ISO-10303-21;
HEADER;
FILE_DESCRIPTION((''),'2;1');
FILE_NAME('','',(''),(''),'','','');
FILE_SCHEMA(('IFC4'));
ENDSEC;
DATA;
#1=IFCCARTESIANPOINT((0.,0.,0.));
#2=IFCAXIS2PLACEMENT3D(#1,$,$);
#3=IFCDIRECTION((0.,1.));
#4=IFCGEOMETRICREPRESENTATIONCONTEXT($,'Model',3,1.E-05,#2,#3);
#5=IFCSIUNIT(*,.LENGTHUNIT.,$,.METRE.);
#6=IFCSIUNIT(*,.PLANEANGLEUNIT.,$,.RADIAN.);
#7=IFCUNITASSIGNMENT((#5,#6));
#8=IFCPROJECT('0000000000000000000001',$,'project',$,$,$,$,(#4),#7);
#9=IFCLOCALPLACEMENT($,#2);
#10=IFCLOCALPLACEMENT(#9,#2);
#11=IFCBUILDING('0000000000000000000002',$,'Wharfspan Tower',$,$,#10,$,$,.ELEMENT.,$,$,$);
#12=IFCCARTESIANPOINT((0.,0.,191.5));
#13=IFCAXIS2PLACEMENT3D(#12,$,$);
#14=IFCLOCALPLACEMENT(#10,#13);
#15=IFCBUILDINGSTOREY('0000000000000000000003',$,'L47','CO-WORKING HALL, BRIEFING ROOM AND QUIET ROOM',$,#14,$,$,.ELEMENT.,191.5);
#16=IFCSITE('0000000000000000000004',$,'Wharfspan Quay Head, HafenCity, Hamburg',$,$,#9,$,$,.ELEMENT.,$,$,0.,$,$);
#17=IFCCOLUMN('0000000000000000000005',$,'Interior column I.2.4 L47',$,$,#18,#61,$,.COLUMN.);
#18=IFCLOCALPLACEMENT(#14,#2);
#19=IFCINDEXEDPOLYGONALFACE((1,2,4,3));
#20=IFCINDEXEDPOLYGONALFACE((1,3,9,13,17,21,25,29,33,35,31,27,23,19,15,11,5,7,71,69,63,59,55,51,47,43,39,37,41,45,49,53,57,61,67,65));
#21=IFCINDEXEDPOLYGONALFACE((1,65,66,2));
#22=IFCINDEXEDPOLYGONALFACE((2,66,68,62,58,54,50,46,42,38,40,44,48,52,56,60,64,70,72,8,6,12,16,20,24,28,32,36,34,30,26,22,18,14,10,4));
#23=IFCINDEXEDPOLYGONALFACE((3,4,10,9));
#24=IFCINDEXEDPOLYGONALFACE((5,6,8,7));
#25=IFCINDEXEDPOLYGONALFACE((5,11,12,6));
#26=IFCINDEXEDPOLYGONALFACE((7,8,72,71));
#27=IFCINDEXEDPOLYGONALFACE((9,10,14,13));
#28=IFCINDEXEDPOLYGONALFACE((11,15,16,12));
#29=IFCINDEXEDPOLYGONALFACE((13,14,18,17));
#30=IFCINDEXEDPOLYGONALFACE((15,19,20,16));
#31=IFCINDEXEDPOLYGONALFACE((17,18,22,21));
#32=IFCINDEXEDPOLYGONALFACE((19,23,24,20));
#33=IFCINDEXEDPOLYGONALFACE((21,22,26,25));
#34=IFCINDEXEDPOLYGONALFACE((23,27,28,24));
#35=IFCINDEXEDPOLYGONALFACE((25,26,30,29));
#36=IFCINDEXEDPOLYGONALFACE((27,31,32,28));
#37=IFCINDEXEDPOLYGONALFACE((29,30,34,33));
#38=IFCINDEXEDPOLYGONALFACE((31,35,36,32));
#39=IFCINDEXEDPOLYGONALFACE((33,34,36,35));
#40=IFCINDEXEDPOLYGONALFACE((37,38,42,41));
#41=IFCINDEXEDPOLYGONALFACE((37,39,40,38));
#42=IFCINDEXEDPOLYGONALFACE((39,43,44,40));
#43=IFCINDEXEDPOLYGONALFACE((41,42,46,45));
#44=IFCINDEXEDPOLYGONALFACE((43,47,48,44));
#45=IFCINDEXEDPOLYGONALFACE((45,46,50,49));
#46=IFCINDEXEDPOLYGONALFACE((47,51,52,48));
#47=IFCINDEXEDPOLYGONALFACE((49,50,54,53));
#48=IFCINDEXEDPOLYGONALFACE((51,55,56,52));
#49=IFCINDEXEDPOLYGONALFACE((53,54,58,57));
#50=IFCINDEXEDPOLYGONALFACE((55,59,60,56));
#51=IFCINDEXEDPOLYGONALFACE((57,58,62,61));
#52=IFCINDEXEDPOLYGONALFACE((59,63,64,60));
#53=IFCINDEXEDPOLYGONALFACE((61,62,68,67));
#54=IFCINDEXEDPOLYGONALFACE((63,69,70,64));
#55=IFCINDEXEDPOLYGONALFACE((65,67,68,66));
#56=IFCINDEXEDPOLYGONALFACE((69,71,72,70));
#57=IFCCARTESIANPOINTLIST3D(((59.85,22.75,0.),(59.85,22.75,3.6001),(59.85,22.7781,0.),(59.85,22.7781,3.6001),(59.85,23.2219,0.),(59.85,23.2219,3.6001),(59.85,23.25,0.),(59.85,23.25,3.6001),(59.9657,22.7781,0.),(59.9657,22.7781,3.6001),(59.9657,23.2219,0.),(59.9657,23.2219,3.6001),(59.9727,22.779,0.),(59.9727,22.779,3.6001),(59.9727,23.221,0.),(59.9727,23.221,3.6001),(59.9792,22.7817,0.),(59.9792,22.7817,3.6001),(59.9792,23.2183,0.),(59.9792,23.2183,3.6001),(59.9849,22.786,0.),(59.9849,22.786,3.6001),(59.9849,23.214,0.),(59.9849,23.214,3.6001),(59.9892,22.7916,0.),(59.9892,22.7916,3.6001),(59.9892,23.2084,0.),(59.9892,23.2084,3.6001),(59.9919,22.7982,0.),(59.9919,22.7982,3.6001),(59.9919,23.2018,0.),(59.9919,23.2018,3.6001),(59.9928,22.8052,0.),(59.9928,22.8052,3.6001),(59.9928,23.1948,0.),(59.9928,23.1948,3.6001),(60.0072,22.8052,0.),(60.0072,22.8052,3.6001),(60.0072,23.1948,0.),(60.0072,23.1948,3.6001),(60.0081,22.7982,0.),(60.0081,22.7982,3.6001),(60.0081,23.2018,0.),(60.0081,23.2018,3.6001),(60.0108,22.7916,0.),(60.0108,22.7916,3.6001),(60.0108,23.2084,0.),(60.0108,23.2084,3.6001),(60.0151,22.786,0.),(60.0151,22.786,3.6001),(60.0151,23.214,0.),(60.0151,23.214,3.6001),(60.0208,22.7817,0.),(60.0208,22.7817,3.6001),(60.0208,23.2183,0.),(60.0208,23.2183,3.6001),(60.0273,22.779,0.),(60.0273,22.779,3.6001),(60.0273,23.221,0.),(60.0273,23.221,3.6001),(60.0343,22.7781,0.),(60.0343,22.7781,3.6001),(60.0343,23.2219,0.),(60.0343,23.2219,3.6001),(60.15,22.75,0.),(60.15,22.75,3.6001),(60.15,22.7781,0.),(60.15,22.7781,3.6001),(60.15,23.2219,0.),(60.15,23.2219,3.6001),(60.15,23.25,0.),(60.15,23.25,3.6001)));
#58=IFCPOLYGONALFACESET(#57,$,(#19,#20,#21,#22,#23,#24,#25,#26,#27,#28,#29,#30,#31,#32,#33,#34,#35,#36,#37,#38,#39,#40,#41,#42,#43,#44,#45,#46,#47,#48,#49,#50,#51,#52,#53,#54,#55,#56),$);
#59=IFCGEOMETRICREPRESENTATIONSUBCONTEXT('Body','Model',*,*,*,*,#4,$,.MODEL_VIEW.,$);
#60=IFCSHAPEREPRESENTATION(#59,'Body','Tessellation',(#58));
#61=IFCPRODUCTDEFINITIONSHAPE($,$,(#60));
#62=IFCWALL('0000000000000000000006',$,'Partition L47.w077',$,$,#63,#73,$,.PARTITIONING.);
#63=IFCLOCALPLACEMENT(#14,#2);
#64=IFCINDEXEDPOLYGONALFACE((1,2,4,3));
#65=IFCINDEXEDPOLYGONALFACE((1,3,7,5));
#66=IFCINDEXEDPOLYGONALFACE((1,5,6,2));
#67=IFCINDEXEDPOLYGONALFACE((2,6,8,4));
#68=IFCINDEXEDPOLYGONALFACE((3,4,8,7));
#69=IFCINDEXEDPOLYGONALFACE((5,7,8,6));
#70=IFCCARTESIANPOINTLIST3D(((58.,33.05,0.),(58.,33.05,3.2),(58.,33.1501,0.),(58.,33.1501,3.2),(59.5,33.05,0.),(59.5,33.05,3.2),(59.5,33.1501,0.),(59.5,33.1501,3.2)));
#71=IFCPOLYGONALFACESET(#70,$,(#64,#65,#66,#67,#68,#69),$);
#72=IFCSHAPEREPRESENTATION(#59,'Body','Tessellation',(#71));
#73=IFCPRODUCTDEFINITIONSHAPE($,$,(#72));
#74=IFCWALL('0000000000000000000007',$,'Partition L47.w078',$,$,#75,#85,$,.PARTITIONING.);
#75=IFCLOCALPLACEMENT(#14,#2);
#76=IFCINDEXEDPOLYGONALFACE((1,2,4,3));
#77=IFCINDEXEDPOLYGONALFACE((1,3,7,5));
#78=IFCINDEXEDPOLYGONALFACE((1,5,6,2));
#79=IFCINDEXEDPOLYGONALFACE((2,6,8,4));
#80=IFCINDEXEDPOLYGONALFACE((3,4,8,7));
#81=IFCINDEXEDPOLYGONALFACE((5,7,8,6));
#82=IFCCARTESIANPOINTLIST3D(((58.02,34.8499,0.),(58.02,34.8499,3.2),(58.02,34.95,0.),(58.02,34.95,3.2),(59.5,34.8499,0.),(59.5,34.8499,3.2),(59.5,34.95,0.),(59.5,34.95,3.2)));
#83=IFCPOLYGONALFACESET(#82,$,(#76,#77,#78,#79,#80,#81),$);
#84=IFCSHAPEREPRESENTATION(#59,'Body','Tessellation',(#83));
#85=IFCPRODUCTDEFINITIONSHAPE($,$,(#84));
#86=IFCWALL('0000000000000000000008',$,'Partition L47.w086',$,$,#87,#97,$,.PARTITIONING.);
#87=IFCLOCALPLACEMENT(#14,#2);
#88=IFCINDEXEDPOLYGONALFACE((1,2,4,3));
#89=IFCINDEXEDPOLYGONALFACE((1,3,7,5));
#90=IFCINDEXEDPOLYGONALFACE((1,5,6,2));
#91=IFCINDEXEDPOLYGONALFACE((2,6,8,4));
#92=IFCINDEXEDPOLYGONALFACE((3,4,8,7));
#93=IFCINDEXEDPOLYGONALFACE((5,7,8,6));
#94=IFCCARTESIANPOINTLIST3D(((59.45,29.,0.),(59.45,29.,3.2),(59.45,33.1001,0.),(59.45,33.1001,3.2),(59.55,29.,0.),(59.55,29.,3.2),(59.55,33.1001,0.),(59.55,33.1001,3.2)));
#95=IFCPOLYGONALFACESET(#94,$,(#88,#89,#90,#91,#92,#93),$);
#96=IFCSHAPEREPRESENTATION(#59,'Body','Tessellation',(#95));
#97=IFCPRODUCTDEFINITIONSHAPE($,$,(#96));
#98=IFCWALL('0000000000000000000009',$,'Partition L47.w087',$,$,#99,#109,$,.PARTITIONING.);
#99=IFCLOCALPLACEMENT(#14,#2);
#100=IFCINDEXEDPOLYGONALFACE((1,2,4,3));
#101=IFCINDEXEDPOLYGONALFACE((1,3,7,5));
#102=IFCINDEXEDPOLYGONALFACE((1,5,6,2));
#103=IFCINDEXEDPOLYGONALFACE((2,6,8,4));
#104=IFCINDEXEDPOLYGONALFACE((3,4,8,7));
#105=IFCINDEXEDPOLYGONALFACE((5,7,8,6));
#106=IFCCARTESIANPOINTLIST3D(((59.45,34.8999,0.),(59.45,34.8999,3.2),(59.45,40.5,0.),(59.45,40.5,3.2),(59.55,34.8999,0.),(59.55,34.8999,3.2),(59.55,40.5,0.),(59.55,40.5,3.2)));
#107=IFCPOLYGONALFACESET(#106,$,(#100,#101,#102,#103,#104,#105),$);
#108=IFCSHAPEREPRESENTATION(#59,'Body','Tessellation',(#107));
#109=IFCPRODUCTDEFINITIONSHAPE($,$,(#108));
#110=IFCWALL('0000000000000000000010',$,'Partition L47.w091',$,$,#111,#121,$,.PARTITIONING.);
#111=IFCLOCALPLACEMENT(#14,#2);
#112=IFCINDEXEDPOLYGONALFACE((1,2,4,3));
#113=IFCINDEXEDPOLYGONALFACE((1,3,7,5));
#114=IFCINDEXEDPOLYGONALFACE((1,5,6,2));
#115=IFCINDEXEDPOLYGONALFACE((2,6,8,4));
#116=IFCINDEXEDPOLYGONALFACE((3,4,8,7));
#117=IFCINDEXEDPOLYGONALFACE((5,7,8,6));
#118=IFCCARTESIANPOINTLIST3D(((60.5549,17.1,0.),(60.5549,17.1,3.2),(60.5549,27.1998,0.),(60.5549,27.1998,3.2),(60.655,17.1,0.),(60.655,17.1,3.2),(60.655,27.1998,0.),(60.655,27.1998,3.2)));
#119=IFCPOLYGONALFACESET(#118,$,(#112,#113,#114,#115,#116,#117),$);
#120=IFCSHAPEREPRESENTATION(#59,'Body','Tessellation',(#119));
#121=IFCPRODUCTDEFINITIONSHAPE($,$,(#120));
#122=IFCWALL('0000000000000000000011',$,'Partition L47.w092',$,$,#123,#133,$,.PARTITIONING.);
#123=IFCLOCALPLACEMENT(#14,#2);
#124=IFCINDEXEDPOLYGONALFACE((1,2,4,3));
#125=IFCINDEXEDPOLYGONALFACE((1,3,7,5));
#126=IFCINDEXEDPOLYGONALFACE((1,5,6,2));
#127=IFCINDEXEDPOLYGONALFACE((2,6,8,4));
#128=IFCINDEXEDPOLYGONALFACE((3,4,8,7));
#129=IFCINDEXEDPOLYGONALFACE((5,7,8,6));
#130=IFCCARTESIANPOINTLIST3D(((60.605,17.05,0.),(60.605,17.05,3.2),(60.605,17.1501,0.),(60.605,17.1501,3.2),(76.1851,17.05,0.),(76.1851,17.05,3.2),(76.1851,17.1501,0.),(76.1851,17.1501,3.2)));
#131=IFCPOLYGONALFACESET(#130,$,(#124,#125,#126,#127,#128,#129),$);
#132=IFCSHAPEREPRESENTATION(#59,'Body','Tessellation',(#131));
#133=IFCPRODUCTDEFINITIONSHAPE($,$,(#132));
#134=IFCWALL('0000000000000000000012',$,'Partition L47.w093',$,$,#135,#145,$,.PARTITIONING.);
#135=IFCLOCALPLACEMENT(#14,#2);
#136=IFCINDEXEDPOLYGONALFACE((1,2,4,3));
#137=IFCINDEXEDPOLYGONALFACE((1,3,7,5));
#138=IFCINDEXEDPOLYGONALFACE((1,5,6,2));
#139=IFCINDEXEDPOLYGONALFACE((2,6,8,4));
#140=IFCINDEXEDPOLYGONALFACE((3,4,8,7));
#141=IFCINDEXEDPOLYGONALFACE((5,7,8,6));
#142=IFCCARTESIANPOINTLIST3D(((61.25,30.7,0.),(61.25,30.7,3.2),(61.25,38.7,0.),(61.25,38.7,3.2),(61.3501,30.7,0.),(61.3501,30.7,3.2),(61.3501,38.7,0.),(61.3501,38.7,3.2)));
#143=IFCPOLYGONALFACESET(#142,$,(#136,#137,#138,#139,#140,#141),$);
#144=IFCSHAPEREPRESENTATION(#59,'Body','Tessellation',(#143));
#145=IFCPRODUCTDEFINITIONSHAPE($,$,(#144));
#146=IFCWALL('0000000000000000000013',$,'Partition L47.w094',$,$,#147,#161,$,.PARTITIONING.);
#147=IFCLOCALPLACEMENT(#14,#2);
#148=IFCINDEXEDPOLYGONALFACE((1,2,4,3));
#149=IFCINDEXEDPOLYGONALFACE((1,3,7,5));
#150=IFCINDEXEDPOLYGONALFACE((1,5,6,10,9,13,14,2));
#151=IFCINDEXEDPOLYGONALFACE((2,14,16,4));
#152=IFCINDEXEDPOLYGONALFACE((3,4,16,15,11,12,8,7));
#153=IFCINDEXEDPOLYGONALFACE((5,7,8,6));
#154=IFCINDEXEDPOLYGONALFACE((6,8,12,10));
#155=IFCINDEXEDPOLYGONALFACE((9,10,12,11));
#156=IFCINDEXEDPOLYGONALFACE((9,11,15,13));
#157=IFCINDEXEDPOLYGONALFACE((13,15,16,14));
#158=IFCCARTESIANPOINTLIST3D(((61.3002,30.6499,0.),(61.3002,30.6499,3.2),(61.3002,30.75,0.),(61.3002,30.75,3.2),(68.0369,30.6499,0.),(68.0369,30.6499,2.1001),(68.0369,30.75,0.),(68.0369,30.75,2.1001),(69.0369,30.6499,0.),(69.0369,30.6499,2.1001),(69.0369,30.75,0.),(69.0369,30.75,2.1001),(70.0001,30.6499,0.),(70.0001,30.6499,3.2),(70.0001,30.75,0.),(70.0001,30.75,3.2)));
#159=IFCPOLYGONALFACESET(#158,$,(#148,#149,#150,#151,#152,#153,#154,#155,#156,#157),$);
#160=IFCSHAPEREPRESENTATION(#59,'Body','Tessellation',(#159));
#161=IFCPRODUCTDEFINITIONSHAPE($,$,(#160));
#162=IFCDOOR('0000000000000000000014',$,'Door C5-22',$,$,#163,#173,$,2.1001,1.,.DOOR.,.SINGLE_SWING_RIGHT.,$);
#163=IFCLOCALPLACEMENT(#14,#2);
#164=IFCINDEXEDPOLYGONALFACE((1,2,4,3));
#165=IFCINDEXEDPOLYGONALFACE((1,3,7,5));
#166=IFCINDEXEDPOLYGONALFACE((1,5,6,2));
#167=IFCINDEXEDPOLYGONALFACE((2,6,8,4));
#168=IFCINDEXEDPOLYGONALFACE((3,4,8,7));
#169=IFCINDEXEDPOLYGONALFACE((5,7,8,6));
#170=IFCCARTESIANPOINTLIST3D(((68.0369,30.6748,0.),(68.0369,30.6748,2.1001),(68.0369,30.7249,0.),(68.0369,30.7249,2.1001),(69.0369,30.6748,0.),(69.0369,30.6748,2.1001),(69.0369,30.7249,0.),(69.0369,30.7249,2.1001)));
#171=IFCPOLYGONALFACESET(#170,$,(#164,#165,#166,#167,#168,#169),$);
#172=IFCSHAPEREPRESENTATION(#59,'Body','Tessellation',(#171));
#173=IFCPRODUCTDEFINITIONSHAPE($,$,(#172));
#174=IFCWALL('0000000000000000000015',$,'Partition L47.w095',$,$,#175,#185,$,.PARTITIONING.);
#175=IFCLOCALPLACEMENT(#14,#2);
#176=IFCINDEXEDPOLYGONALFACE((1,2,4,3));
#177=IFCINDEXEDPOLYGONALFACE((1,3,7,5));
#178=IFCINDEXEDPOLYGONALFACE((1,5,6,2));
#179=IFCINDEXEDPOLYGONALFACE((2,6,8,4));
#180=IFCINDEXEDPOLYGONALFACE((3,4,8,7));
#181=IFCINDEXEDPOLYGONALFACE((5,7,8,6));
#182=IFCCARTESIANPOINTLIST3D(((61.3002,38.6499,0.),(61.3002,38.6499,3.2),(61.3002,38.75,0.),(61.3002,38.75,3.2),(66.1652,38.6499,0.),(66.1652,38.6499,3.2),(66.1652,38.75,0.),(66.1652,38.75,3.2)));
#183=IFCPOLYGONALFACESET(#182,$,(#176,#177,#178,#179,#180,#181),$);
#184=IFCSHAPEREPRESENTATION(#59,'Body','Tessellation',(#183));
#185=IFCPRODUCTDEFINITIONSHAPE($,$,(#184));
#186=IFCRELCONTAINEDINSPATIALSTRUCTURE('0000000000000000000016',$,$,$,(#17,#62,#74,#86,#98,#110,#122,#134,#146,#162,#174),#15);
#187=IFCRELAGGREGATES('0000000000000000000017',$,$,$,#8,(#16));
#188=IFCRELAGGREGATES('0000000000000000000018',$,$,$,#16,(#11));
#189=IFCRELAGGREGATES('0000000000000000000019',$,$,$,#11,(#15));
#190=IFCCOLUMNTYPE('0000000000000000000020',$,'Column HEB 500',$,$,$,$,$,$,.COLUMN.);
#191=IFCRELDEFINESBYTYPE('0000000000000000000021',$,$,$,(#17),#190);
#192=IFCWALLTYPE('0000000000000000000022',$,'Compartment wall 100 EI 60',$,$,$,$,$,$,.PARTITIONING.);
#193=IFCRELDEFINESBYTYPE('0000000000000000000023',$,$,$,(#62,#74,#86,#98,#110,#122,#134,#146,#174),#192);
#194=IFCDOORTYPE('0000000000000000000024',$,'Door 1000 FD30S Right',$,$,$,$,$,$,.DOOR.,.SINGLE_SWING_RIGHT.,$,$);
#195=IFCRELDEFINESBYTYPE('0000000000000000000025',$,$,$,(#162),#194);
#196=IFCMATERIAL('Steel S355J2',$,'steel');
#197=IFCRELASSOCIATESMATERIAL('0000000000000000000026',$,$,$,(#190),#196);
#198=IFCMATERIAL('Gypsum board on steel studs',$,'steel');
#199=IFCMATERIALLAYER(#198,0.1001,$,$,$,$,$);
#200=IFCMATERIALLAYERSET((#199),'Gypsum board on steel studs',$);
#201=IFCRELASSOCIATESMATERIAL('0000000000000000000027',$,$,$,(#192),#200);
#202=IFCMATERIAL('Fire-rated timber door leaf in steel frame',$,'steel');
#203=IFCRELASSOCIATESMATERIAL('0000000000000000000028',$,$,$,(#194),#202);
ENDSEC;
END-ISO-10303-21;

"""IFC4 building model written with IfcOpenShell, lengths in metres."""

from ifc_helpers import new_model, si_unit, direction, frame, frame_2d, origin, origin_2d, place, context, subcontext, project, spatial, rectangle, i_section, extrude, material, layer, layer_set, material_profile, profile_set, type_object, element, fill, save


model = new_model("IFC4")

# Units and contexts
model_context = context("Model", 3, precision=1e-05, world=origin(), true_north=direction((0.0, 1.0)))
body_context = subcontext(model_context, "Body", "Model", "MODEL_VIEW")
ifc_project = project(units=[si_unit("LENGTHUNIT", "METRE"), si_unit("PLANEANGLEUNIT", "RADIAN")], contexts=[model_context])

# Site, building, storey
site_placement = place(None, origin())
site = spatial("IfcSite", under=ifc_project, at=site_placement, Name="Wharfspan Quay Head, HafenCity, Hamburg", CompositionType="ELEMENT", RefElevation=0.0)
building_placement = place(site_placement, origin())
building = spatial("IfcBuilding", under=site, at=building_placement, Name="Wharfspan Tower", CompositionType="ELEMENT")
storey_placement = place(building_placement, frame((0.0, 0.0, 191.5)))
storey = spatial("IfcBuildingStorey", under=building, at=storey_placement, Name="L47", Description="CO-WORKING HALL, BRIEFING ROOM AND QUIET ROOM", CompositionType="ELEMENT", Elevation=191.5)

# Column
ifc_material_1 = material(Name="Steel S355J2", Category="steel")
ifc_material_profile = material_profile(ifc_material_1, i_section(OverallWidth=0.3, OverallDepth=0.5, WebThickness=0.0144, FlangeThickness=0.0281, FilletRadius=0.0271, at=origin_2d()))
ifc_profile_set = profile_set([ifc_material_profile], Name="Steel S355J2")
column_type = type_object("IfcColumnType", Name="Column HEB 500", PredefinedType="COLUMN", material=ifc_profile_set)
column_placement = place(storey_placement, frame((60.0, 23.0, 0.0), z_axis=(0.0, 0.0, 1.0), x_axis=(1.0, 0.0, 0.0)))
element("IfcColumn", 1, at=column_placement, inside=storey, type_object=column_type, Name="Interior column I.2.4 L47", PredefinedType="COLUMN", context=body_context, shape_type="SweptSolid", body=[
    extrude(i_section(OverallWidth=0.3, OverallDepth=0.5, WebThickness=0.0144, FlangeThickness=0.0281, FilletRadius=0.0271, at=origin_2d()), origin(), (0.0, 0.0, 1.0), 3.6001),
])

# Walls
ifc_material_2 = material(Name="Gypsum board on steel studs", Category="steel")
ifc_layer = layer(ifc_material_2, 0.1001)
ifc_layer_set = layer_set([ifc_layer], Name="Gypsum board on steel studs")
wall_type = type_object("IfcWallType", Name="Compartment wall 100 EI 60", PredefinedType="PARTITIONING", material=ifc_layer_set)
wall_1_placement = place(storey_placement, frame((58.0, 33.1001, 0.0), z_axis=(0.0, 0.0, 1.0), x_axis=(1.0, 0.0, 0.0)))
element("IfcWall", 2, at=wall_1_placement, inside=storey, type_object=wall_type, Name="Partition L47.w077", PredefinedType="PARTITIONING", context=body_context, shape_type="SweptSolid", body=[
    extrude(rectangle(XDim=1.5, YDim=0.1001, at=frame_2d((0.75, 0.0))), origin(), (0.0, 0.0, 1.0), 3.2),
])
wall_2_placement = place(storey_placement, frame((58.02, 34.8999, 0.0), z_axis=(0.0, 0.0, 1.0), x_axis=(1.0, 0.0, 0.0)))
element("IfcWall", 3, at=wall_2_placement, inside=storey, type_object=wall_type, Name="Partition L47.w078", PredefinedType="PARTITIONING", context=body_context, shape_type="SweptSolid", body=[
    extrude(rectangle(XDim=1.48, YDim=0.1001, at=frame_2d((0.74, 0.0))), origin(), (0.0, 0.0, 1.0), 3.2),
])
wall_3_placement = place(storey_placement, frame((59.5, 29.0, 0.0), z_axis=(0.0, 0.0, 1.0), x_axis=(0.0, 1.0, 0.0)))
element("IfcWall", 4, at=wall_3_placement, inside=storey, type_object=wall_type, Name="Partition L47.w086", PredefinedType="PARTITIONING", context=body_context, shape_type="SweptSolid", body=[
    extrude(rectangle(XDim=4.1001, YDim=0.1001, at=frame_2d((2.05, 0.0))), origin(), (0.0, 0.0, 1.0), 3.2),
])
wall_4_placement = place(storey_placement, frame((59.5, 34.8999, 0.0), z_axis=(0.0, 0.0, 1.0), x_axis=(0.0, 1.0, 0.0)))
element("IfcWall", 5, at=wall_4_placement, inside=storey, type_object=wall_type, Name="Partition L47.w087", PredefinedType="PARTITIONING", context=body_context, shape_type="SweptSolid", body=[
    extrude(rectangle(XDim=5.6001, YDim=0.1001, at=frame_2d((2.8, 0.0))), origin(), (0.0, 0.0, 1.0), 3.2),
])
wall_5_placement = place(storey_placement, frame((60.605, 17.1001, 0.0), z_axis=(0.0, 0.0, 1.0), x_axis=(0.0, 1.0, 0.0)))
element("IfcWall", 6, at=wall_5_placement, inside=storey, type_object=wall_type, Name="Partition L47.w091", PredefinedType="PARTITIONING", context=body_context, shape_type="SweptSolid", body=[
    extrude(rectangle(XDim=10.0999, YDim=0.1001, at=frame_2d((5.0498, 0.0))), origin(), (0.0, 0.0, 1.0), 3.2),
])
wall_6_placement = place(storey_placement, frame((60.605, 17.1001, 0.0), z_axis=(0.0, 0.0, 1.0), x_axis=(1.0, 0.0, 0.0)))
element("IfcWall", 7, at=wall_6_placement, inside=storey, type_object=wall_type, Name="Partition L47.w092", PredefinedType="PARTITIONING", context=body_context, shape_type="SweptSolid", body=[
    extrude(rectangle(XDim=15.5801, YDim=0.1001, at=frame_2d((7.79, 0.0))), origin(), (0.0, 0.0, 1.0), 3.2),
])
wall_7_placement = place(storey_placement, frame((61.3, 30.7, 0.0), z_axis=(0.0, 0.0, 1.0), x_axis=(0.0, 1.0, 0.0)))
element("IfcWall", 8, at=wall_7_placement, inside=storey, type_object=wall_type, Name="Partition L47.w093", PredefinedType="PARTITIONING", context=body_context, shape_type="SweptSolid", body=[
    extrude(rectangle(XDim=8.0, YDim=0.1001, at=frame_2d((4.0, 0.0))), origin(), (0.0, 0.0, 1.0), 3.2),
])

# Wall, opening, door
wall_8_placement = place(storey_placement, frame((61.3, 30.7, 0.0), z_axis=(0.0, 0.0, 1.0), x_axis=(1.0, 0.0, 0.0)))
wall_8 = element("IfcWall", 9, at=wall_8_placement, inside=storey, type_object=wall_type, Name="Partition L47.w094", PredefinedType="PARTITIONING", context=body_context, shape_type="SweptSolid", body=[
    extrude(rectangle(XDim=8.7, YDim=0.1001, at=frame_2d((4.3501, 0.0))), origin(), (0.0, 0.0, 1.0), 3.2),
])
opening_1_placement = place(wall_8_placement, frame((6.7368, 0.0, 0.0)))
opening_1 = element("IfcOpeningElement", 10, at=opening_1_placement, cuts=wall_8, PredefinedType="OPENING", context=body_context, shape_type="SweptSolid", body=[
    extrude(rectangle(XDim=1.0, YDim=2.1001, at=frame_2d((0.5, 1.05))), frame((0.0, 0.0601, 0.0), z_axis=(0.0, -1.0, 0.0), x_axis=(1.0, 0.0, 0.0)), (0.0, 0.0, 1.0), 0.1201),
])
ifc_material_3 = material(Name="Fire-rated timber door leaf in steel frame", Category="steel")
door_type = type_object("IfcDoorType", Name="Door 1000 FD30S Right", OperationType="SINGLE_SWING_RIGHT", PredefinedType="DOOR", material=ifc_material_3)
door_1_placement = place(opening_1_placement, origin())
door_1 = element("IfcDoor", 11, at=door_1_placement, inside=storey, type_object=door_type, Name="Door C5-22", OperationType="SINGLE_SWING_RIGHT", OverallHeight=2.1001, OverallWidth=1.0, PredefinedType="DOOR", context=body_context, shape_type="SweptSolid", body=[
    extrude(rectangle(XDim=1.0, YDim=2.1001, at=frame_2d((0.5, 1.05))), frame((0.0, 0.0249, 0.0), z_axis=(0.0, -1.0, 0.0), x_axis=(1.0, 0.0, 0.0)), (0.0, 0.0, 1.0), 0.05),
])
fill(opening_1, door_1)

# Wall
wall_9_placement = place(storey_placement, frame((61.3, 38.7, 0.0), z_axis=(0.0, 0.0, 1.0), x_axis=(1.0, 0.0, 0.0)))
element("IfcWall", 12, at=wall_9_placement, inside=storey, type_object=wall_type, Name="Partition L47.w095", PredefinedType="PARTITIONING", context=body_context, shape_type="SweptSolid", body=[
    extrude(rectangle(XDim=4.865, YDim=0.1001, at=frame_2d((2.4326, 0.0))), origin(), (0.0, 0.0, 1.0), 3.2),
])

save(model, "model.ifc")
